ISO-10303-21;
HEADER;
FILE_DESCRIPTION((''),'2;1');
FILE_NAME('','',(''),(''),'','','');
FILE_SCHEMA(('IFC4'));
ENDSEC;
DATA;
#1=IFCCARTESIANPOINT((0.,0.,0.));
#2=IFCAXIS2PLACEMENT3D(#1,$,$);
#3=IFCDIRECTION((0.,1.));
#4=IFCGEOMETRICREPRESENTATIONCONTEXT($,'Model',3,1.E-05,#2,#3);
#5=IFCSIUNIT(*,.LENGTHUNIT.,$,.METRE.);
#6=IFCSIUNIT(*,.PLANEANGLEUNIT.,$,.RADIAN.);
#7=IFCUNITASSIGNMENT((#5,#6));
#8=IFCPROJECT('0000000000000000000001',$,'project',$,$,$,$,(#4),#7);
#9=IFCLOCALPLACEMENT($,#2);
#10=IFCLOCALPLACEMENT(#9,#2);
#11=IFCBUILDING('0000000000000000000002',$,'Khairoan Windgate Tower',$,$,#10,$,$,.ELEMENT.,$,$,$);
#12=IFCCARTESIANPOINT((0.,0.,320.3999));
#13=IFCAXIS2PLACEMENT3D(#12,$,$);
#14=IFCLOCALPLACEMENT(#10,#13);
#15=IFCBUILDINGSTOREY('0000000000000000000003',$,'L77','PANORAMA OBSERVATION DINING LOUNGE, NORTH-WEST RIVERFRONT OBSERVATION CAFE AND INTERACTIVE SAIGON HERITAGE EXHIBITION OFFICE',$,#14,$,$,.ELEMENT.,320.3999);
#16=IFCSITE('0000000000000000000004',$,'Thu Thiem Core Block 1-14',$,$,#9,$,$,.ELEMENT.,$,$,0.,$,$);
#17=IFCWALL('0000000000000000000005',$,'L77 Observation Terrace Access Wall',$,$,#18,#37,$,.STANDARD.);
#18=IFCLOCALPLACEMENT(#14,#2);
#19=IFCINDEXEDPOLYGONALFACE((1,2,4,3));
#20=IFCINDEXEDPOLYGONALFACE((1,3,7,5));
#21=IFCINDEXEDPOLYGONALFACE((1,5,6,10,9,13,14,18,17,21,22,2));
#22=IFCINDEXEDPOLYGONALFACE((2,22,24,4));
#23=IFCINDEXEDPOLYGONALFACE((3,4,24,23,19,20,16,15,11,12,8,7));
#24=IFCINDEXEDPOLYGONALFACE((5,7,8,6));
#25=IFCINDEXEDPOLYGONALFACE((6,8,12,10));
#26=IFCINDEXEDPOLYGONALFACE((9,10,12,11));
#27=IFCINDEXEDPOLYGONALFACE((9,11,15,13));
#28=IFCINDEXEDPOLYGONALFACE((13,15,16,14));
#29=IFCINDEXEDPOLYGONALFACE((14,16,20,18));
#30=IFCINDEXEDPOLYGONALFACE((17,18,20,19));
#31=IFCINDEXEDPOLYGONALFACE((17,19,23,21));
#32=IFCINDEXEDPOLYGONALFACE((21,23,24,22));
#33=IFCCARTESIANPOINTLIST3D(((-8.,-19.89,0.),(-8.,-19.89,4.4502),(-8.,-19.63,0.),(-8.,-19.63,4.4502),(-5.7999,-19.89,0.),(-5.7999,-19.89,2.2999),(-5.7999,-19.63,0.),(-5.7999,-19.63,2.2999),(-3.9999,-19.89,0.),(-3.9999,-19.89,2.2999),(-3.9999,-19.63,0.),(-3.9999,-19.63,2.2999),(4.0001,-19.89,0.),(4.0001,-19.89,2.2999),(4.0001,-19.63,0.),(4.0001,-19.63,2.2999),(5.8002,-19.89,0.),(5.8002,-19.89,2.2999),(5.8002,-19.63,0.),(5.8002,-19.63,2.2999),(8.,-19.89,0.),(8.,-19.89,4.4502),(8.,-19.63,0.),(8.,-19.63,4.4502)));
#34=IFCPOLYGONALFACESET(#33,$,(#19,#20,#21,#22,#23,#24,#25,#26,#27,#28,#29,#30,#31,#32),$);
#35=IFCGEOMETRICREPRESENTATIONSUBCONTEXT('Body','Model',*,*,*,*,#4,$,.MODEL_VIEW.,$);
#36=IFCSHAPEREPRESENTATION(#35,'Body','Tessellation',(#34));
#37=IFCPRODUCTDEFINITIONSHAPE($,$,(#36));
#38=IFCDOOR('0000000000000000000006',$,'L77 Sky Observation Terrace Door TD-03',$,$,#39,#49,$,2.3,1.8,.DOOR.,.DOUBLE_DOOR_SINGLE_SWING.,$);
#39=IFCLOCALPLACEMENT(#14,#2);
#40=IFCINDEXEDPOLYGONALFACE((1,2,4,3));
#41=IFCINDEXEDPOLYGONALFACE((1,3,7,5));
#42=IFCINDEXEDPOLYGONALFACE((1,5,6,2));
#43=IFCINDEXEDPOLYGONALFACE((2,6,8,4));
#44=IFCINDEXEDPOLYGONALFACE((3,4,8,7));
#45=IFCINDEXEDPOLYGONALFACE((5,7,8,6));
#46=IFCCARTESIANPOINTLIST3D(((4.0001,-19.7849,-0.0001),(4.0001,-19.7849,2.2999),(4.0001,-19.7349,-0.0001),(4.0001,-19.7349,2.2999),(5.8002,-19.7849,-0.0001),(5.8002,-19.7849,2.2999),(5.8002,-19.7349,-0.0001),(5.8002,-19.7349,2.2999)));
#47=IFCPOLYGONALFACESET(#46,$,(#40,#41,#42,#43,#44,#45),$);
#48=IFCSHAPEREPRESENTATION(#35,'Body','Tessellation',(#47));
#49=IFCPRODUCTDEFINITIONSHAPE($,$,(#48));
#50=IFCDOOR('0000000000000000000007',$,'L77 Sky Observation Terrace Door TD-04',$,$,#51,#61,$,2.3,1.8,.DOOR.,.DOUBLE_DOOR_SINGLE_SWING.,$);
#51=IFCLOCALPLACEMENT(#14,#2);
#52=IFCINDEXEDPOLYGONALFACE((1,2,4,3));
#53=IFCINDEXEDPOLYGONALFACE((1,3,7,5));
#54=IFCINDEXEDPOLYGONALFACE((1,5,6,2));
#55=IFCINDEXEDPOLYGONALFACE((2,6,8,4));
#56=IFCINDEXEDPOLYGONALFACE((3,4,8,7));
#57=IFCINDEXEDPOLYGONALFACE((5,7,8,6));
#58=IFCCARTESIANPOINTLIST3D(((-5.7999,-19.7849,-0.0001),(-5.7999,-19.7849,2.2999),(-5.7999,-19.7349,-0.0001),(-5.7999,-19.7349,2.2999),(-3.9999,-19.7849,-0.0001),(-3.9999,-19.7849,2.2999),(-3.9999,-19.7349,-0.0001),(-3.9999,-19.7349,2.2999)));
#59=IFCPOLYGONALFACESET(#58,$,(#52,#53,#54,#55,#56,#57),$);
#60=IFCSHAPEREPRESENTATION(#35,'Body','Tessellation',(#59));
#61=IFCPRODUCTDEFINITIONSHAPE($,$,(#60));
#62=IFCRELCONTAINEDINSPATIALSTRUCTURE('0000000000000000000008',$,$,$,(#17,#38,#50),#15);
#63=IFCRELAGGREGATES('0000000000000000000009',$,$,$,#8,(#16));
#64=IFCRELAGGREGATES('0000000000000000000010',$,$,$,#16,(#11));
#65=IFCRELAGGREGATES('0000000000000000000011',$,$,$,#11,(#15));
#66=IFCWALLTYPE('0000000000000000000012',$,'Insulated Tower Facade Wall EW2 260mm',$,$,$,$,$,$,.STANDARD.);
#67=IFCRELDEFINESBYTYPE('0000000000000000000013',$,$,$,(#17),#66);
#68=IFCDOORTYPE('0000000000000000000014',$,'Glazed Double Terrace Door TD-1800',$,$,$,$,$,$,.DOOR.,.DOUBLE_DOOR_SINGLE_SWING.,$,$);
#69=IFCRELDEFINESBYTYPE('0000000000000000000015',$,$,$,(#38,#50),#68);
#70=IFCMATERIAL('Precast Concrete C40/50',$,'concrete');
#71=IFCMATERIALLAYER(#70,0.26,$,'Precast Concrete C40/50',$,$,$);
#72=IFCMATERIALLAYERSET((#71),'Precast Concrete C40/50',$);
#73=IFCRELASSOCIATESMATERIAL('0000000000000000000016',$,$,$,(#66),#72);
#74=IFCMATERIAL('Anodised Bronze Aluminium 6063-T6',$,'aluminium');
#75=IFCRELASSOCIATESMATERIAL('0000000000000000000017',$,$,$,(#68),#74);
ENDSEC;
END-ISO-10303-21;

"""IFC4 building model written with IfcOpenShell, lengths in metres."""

from ifc_helpers import new_model, si_unit, direction, frame, frame_2d, origin, place, context, subcontext, project, spatial, rectangle, extrude, material, layer, layer_set, type_object, element, fill, save


model = new_model("IFC4")

# Units and contexts
model_context = context("Model", 3, precision=1e-05, world=origin(), true_north=direction((0.0, 1.0)))
body_context = subcontext(model_context, "Body", "Model", "MODEL_VIEW")
ifc_project = project(units=[si_unit("LENGTHUNIT", "METRE"), si_unit("PLANEANGLEUNIT", "RADIAN")], contexts=[model_context])

# Site, building, storey
site_placement = place(None, origin())
site = spatial("IfcSite", under=ifc_project, at=site_placement, Name="Thu Thiem Core Block 1-14", CompositionType="ELEMENT", RefElevation=0.0)
building_placement = place(site_placement, origin())
building = spatial("IfcBuilding", under=site, at=building_placement, Name="Khairoan Windgate Tower", CompositionType="ELEMENT")
storey_placement = place(building_placement, frame((0.0, 0.0, 320.3999)))
storey = spatial("IfcBuildingStorey", under=building, at=storey_placement, Name="L77", Description="PANORAMA OBSERVATION DINING LOUNGE, NORTH-WEST RIVERFRONT OBSERVATION CAFE AND INTERACTIVE SAIGON HERITAGE EXHIBITION OFFICE", CompositionType="ELEMENT", Elevation=320.3999)

# Wall, openings, doors
ifc_material_1 = material(Name="Precast Concrete C40/50", Category="concrete")
ifc_layer_1 = layer(ifc_material_1, 0.26, Name="Precast Concrete C40/50")
ifc_layer_set_1 = layer_set([ifc_layer_1], Name="Precast Concrete C40/50")
wall_type_1 = type_object("IfcWallType", Name="Insulated Tower Facade Wall EW2 260mm", PredefinedType="STANDARD", material=ifc_layer_set_1)
wall_1_placement = place(storey_placement, frame((8.0, -19.76, 0.0), z_axis=(0.0, 0.0, 1.0), x_axis=(-1.0, 0.0, 0.0)))
wall_1 = element("IfcWall", 1, at=wall_1_placement, inside=storey, type_object=wall_type_1, Name="L77 Observation Terrace Access Wall", PredefinedType="STANDARD", context=body_context, shape_type="SweptSolid", body=[
    extrude(rectangle(XDim=16.0, YDim=0.26, at=frame_2d((8.0, 0.0))), origin(), (0.0, 0.0, 1.0), 4.4502),
])
opening_1_placement = place(wall_1_placement, frame((2.2, 0.0, 0.0)))
opening_1 = element("IfcOpeningElement", 2, at=opening_1_placement, cuts=wall_1, PredefinedType="OPENING", context=body_context, shape_type="SweptSolid", body=[
    extrude(rectangle(XDim=1.8, YDim=2.3, at=frame_2d((0.8999, 1.1499))), frame((0.0, 0.1399, 0.0), z_axis=(0.0, -1.0, 0.0), x_axis=(1.0, 0.0, 0.0)), (0.0, 0.0, 1.0), 0.28),
])
opening_2_placement = place(wall_1_placement, frame((12.0, 0.0, 0.0)))
opening_2 = element("IfcOpeningElement", 3, at=opening_2_placement, cuts=wall_1, PredefinedType="OPENING", context=body_context, shape_type="SweptSolid", body=[
    extrude(rectangle(XDim=1.8, YDim=2.3, at=frame_2d((0.8999, 1.1499))), frame((0.0, 0.1399, 0.0), z_axis=(0.0, -1.0, 0.0), x_axis=(1.0, 0.0, 0.0)), (0.0, 0.0, 1.0), 0.28),
])
ifc_material_2 = material(Name="Anodised Bronze Aluminium 6063-T6", Category="aluminium")
door_type_1 = type_object("IfcDoorType", Name="Glazed Double Terrace Door TD-1800", OperationType="DOUBLE_DOOR_SINGLE_SWING", PredefinedType="DOOR", material=ifc_material_2)
door_1_placement = place(opening_1_placement, origin())
door_1 = element("IfcDoor", 4, at=door_1_placement, inside=storey, type_object=door_type_1, Name="L77 Sky Observation Terrace Door TD-03", OperationType="DOUBLE_DOOR_SINGLE_SWING", OverallHeight=2.3, OverallWidth=1.8, PredefinedType="DOOR", context=body_context, shape_type="SweptSolid", body=[
    extrude(rectangle(XDim=1.8, YDim=2.3, at=frame_2d((0.8999, 1.1499))), frame((0.0, 0.0249, 0.0), z_axis=(0.0, -1.0, 0.0), x_axis=(1.0, 0.0, 0.0)), (0.0, 0.0, 1.0), 0.05),
])
fill(opening_1, door_1)
door_2_placement = place(opening_2_placement, origin())
door_2 = element("IfcDoor", 5, at=door_2_placement, inside=storey, type_object=door_type_1, Name="L77 Sky Observation Terrace Door TD-04", OperationType="DOUBLE_DOOR_SINGLE_SWING", OverallHeight=2.3, OverallWidth=1.8, PredefinedType="DOOR", context=body_context, shape_type="SweptSolid", body=[
    extrude(rectangle(XDim=1.8, YDim=2.3, at=frame_2d((0.8999, 1.1499))), frame((0.0, 0.0249, 0.0), z_axis=(0.0, -1.0, 0.0), x_axis=(1.0, 0.0, 0.0)), (0.0, 0.0, 1.0), 0.05),
])
fill(opening_2, door_2)

save(model, "model.ifc")
